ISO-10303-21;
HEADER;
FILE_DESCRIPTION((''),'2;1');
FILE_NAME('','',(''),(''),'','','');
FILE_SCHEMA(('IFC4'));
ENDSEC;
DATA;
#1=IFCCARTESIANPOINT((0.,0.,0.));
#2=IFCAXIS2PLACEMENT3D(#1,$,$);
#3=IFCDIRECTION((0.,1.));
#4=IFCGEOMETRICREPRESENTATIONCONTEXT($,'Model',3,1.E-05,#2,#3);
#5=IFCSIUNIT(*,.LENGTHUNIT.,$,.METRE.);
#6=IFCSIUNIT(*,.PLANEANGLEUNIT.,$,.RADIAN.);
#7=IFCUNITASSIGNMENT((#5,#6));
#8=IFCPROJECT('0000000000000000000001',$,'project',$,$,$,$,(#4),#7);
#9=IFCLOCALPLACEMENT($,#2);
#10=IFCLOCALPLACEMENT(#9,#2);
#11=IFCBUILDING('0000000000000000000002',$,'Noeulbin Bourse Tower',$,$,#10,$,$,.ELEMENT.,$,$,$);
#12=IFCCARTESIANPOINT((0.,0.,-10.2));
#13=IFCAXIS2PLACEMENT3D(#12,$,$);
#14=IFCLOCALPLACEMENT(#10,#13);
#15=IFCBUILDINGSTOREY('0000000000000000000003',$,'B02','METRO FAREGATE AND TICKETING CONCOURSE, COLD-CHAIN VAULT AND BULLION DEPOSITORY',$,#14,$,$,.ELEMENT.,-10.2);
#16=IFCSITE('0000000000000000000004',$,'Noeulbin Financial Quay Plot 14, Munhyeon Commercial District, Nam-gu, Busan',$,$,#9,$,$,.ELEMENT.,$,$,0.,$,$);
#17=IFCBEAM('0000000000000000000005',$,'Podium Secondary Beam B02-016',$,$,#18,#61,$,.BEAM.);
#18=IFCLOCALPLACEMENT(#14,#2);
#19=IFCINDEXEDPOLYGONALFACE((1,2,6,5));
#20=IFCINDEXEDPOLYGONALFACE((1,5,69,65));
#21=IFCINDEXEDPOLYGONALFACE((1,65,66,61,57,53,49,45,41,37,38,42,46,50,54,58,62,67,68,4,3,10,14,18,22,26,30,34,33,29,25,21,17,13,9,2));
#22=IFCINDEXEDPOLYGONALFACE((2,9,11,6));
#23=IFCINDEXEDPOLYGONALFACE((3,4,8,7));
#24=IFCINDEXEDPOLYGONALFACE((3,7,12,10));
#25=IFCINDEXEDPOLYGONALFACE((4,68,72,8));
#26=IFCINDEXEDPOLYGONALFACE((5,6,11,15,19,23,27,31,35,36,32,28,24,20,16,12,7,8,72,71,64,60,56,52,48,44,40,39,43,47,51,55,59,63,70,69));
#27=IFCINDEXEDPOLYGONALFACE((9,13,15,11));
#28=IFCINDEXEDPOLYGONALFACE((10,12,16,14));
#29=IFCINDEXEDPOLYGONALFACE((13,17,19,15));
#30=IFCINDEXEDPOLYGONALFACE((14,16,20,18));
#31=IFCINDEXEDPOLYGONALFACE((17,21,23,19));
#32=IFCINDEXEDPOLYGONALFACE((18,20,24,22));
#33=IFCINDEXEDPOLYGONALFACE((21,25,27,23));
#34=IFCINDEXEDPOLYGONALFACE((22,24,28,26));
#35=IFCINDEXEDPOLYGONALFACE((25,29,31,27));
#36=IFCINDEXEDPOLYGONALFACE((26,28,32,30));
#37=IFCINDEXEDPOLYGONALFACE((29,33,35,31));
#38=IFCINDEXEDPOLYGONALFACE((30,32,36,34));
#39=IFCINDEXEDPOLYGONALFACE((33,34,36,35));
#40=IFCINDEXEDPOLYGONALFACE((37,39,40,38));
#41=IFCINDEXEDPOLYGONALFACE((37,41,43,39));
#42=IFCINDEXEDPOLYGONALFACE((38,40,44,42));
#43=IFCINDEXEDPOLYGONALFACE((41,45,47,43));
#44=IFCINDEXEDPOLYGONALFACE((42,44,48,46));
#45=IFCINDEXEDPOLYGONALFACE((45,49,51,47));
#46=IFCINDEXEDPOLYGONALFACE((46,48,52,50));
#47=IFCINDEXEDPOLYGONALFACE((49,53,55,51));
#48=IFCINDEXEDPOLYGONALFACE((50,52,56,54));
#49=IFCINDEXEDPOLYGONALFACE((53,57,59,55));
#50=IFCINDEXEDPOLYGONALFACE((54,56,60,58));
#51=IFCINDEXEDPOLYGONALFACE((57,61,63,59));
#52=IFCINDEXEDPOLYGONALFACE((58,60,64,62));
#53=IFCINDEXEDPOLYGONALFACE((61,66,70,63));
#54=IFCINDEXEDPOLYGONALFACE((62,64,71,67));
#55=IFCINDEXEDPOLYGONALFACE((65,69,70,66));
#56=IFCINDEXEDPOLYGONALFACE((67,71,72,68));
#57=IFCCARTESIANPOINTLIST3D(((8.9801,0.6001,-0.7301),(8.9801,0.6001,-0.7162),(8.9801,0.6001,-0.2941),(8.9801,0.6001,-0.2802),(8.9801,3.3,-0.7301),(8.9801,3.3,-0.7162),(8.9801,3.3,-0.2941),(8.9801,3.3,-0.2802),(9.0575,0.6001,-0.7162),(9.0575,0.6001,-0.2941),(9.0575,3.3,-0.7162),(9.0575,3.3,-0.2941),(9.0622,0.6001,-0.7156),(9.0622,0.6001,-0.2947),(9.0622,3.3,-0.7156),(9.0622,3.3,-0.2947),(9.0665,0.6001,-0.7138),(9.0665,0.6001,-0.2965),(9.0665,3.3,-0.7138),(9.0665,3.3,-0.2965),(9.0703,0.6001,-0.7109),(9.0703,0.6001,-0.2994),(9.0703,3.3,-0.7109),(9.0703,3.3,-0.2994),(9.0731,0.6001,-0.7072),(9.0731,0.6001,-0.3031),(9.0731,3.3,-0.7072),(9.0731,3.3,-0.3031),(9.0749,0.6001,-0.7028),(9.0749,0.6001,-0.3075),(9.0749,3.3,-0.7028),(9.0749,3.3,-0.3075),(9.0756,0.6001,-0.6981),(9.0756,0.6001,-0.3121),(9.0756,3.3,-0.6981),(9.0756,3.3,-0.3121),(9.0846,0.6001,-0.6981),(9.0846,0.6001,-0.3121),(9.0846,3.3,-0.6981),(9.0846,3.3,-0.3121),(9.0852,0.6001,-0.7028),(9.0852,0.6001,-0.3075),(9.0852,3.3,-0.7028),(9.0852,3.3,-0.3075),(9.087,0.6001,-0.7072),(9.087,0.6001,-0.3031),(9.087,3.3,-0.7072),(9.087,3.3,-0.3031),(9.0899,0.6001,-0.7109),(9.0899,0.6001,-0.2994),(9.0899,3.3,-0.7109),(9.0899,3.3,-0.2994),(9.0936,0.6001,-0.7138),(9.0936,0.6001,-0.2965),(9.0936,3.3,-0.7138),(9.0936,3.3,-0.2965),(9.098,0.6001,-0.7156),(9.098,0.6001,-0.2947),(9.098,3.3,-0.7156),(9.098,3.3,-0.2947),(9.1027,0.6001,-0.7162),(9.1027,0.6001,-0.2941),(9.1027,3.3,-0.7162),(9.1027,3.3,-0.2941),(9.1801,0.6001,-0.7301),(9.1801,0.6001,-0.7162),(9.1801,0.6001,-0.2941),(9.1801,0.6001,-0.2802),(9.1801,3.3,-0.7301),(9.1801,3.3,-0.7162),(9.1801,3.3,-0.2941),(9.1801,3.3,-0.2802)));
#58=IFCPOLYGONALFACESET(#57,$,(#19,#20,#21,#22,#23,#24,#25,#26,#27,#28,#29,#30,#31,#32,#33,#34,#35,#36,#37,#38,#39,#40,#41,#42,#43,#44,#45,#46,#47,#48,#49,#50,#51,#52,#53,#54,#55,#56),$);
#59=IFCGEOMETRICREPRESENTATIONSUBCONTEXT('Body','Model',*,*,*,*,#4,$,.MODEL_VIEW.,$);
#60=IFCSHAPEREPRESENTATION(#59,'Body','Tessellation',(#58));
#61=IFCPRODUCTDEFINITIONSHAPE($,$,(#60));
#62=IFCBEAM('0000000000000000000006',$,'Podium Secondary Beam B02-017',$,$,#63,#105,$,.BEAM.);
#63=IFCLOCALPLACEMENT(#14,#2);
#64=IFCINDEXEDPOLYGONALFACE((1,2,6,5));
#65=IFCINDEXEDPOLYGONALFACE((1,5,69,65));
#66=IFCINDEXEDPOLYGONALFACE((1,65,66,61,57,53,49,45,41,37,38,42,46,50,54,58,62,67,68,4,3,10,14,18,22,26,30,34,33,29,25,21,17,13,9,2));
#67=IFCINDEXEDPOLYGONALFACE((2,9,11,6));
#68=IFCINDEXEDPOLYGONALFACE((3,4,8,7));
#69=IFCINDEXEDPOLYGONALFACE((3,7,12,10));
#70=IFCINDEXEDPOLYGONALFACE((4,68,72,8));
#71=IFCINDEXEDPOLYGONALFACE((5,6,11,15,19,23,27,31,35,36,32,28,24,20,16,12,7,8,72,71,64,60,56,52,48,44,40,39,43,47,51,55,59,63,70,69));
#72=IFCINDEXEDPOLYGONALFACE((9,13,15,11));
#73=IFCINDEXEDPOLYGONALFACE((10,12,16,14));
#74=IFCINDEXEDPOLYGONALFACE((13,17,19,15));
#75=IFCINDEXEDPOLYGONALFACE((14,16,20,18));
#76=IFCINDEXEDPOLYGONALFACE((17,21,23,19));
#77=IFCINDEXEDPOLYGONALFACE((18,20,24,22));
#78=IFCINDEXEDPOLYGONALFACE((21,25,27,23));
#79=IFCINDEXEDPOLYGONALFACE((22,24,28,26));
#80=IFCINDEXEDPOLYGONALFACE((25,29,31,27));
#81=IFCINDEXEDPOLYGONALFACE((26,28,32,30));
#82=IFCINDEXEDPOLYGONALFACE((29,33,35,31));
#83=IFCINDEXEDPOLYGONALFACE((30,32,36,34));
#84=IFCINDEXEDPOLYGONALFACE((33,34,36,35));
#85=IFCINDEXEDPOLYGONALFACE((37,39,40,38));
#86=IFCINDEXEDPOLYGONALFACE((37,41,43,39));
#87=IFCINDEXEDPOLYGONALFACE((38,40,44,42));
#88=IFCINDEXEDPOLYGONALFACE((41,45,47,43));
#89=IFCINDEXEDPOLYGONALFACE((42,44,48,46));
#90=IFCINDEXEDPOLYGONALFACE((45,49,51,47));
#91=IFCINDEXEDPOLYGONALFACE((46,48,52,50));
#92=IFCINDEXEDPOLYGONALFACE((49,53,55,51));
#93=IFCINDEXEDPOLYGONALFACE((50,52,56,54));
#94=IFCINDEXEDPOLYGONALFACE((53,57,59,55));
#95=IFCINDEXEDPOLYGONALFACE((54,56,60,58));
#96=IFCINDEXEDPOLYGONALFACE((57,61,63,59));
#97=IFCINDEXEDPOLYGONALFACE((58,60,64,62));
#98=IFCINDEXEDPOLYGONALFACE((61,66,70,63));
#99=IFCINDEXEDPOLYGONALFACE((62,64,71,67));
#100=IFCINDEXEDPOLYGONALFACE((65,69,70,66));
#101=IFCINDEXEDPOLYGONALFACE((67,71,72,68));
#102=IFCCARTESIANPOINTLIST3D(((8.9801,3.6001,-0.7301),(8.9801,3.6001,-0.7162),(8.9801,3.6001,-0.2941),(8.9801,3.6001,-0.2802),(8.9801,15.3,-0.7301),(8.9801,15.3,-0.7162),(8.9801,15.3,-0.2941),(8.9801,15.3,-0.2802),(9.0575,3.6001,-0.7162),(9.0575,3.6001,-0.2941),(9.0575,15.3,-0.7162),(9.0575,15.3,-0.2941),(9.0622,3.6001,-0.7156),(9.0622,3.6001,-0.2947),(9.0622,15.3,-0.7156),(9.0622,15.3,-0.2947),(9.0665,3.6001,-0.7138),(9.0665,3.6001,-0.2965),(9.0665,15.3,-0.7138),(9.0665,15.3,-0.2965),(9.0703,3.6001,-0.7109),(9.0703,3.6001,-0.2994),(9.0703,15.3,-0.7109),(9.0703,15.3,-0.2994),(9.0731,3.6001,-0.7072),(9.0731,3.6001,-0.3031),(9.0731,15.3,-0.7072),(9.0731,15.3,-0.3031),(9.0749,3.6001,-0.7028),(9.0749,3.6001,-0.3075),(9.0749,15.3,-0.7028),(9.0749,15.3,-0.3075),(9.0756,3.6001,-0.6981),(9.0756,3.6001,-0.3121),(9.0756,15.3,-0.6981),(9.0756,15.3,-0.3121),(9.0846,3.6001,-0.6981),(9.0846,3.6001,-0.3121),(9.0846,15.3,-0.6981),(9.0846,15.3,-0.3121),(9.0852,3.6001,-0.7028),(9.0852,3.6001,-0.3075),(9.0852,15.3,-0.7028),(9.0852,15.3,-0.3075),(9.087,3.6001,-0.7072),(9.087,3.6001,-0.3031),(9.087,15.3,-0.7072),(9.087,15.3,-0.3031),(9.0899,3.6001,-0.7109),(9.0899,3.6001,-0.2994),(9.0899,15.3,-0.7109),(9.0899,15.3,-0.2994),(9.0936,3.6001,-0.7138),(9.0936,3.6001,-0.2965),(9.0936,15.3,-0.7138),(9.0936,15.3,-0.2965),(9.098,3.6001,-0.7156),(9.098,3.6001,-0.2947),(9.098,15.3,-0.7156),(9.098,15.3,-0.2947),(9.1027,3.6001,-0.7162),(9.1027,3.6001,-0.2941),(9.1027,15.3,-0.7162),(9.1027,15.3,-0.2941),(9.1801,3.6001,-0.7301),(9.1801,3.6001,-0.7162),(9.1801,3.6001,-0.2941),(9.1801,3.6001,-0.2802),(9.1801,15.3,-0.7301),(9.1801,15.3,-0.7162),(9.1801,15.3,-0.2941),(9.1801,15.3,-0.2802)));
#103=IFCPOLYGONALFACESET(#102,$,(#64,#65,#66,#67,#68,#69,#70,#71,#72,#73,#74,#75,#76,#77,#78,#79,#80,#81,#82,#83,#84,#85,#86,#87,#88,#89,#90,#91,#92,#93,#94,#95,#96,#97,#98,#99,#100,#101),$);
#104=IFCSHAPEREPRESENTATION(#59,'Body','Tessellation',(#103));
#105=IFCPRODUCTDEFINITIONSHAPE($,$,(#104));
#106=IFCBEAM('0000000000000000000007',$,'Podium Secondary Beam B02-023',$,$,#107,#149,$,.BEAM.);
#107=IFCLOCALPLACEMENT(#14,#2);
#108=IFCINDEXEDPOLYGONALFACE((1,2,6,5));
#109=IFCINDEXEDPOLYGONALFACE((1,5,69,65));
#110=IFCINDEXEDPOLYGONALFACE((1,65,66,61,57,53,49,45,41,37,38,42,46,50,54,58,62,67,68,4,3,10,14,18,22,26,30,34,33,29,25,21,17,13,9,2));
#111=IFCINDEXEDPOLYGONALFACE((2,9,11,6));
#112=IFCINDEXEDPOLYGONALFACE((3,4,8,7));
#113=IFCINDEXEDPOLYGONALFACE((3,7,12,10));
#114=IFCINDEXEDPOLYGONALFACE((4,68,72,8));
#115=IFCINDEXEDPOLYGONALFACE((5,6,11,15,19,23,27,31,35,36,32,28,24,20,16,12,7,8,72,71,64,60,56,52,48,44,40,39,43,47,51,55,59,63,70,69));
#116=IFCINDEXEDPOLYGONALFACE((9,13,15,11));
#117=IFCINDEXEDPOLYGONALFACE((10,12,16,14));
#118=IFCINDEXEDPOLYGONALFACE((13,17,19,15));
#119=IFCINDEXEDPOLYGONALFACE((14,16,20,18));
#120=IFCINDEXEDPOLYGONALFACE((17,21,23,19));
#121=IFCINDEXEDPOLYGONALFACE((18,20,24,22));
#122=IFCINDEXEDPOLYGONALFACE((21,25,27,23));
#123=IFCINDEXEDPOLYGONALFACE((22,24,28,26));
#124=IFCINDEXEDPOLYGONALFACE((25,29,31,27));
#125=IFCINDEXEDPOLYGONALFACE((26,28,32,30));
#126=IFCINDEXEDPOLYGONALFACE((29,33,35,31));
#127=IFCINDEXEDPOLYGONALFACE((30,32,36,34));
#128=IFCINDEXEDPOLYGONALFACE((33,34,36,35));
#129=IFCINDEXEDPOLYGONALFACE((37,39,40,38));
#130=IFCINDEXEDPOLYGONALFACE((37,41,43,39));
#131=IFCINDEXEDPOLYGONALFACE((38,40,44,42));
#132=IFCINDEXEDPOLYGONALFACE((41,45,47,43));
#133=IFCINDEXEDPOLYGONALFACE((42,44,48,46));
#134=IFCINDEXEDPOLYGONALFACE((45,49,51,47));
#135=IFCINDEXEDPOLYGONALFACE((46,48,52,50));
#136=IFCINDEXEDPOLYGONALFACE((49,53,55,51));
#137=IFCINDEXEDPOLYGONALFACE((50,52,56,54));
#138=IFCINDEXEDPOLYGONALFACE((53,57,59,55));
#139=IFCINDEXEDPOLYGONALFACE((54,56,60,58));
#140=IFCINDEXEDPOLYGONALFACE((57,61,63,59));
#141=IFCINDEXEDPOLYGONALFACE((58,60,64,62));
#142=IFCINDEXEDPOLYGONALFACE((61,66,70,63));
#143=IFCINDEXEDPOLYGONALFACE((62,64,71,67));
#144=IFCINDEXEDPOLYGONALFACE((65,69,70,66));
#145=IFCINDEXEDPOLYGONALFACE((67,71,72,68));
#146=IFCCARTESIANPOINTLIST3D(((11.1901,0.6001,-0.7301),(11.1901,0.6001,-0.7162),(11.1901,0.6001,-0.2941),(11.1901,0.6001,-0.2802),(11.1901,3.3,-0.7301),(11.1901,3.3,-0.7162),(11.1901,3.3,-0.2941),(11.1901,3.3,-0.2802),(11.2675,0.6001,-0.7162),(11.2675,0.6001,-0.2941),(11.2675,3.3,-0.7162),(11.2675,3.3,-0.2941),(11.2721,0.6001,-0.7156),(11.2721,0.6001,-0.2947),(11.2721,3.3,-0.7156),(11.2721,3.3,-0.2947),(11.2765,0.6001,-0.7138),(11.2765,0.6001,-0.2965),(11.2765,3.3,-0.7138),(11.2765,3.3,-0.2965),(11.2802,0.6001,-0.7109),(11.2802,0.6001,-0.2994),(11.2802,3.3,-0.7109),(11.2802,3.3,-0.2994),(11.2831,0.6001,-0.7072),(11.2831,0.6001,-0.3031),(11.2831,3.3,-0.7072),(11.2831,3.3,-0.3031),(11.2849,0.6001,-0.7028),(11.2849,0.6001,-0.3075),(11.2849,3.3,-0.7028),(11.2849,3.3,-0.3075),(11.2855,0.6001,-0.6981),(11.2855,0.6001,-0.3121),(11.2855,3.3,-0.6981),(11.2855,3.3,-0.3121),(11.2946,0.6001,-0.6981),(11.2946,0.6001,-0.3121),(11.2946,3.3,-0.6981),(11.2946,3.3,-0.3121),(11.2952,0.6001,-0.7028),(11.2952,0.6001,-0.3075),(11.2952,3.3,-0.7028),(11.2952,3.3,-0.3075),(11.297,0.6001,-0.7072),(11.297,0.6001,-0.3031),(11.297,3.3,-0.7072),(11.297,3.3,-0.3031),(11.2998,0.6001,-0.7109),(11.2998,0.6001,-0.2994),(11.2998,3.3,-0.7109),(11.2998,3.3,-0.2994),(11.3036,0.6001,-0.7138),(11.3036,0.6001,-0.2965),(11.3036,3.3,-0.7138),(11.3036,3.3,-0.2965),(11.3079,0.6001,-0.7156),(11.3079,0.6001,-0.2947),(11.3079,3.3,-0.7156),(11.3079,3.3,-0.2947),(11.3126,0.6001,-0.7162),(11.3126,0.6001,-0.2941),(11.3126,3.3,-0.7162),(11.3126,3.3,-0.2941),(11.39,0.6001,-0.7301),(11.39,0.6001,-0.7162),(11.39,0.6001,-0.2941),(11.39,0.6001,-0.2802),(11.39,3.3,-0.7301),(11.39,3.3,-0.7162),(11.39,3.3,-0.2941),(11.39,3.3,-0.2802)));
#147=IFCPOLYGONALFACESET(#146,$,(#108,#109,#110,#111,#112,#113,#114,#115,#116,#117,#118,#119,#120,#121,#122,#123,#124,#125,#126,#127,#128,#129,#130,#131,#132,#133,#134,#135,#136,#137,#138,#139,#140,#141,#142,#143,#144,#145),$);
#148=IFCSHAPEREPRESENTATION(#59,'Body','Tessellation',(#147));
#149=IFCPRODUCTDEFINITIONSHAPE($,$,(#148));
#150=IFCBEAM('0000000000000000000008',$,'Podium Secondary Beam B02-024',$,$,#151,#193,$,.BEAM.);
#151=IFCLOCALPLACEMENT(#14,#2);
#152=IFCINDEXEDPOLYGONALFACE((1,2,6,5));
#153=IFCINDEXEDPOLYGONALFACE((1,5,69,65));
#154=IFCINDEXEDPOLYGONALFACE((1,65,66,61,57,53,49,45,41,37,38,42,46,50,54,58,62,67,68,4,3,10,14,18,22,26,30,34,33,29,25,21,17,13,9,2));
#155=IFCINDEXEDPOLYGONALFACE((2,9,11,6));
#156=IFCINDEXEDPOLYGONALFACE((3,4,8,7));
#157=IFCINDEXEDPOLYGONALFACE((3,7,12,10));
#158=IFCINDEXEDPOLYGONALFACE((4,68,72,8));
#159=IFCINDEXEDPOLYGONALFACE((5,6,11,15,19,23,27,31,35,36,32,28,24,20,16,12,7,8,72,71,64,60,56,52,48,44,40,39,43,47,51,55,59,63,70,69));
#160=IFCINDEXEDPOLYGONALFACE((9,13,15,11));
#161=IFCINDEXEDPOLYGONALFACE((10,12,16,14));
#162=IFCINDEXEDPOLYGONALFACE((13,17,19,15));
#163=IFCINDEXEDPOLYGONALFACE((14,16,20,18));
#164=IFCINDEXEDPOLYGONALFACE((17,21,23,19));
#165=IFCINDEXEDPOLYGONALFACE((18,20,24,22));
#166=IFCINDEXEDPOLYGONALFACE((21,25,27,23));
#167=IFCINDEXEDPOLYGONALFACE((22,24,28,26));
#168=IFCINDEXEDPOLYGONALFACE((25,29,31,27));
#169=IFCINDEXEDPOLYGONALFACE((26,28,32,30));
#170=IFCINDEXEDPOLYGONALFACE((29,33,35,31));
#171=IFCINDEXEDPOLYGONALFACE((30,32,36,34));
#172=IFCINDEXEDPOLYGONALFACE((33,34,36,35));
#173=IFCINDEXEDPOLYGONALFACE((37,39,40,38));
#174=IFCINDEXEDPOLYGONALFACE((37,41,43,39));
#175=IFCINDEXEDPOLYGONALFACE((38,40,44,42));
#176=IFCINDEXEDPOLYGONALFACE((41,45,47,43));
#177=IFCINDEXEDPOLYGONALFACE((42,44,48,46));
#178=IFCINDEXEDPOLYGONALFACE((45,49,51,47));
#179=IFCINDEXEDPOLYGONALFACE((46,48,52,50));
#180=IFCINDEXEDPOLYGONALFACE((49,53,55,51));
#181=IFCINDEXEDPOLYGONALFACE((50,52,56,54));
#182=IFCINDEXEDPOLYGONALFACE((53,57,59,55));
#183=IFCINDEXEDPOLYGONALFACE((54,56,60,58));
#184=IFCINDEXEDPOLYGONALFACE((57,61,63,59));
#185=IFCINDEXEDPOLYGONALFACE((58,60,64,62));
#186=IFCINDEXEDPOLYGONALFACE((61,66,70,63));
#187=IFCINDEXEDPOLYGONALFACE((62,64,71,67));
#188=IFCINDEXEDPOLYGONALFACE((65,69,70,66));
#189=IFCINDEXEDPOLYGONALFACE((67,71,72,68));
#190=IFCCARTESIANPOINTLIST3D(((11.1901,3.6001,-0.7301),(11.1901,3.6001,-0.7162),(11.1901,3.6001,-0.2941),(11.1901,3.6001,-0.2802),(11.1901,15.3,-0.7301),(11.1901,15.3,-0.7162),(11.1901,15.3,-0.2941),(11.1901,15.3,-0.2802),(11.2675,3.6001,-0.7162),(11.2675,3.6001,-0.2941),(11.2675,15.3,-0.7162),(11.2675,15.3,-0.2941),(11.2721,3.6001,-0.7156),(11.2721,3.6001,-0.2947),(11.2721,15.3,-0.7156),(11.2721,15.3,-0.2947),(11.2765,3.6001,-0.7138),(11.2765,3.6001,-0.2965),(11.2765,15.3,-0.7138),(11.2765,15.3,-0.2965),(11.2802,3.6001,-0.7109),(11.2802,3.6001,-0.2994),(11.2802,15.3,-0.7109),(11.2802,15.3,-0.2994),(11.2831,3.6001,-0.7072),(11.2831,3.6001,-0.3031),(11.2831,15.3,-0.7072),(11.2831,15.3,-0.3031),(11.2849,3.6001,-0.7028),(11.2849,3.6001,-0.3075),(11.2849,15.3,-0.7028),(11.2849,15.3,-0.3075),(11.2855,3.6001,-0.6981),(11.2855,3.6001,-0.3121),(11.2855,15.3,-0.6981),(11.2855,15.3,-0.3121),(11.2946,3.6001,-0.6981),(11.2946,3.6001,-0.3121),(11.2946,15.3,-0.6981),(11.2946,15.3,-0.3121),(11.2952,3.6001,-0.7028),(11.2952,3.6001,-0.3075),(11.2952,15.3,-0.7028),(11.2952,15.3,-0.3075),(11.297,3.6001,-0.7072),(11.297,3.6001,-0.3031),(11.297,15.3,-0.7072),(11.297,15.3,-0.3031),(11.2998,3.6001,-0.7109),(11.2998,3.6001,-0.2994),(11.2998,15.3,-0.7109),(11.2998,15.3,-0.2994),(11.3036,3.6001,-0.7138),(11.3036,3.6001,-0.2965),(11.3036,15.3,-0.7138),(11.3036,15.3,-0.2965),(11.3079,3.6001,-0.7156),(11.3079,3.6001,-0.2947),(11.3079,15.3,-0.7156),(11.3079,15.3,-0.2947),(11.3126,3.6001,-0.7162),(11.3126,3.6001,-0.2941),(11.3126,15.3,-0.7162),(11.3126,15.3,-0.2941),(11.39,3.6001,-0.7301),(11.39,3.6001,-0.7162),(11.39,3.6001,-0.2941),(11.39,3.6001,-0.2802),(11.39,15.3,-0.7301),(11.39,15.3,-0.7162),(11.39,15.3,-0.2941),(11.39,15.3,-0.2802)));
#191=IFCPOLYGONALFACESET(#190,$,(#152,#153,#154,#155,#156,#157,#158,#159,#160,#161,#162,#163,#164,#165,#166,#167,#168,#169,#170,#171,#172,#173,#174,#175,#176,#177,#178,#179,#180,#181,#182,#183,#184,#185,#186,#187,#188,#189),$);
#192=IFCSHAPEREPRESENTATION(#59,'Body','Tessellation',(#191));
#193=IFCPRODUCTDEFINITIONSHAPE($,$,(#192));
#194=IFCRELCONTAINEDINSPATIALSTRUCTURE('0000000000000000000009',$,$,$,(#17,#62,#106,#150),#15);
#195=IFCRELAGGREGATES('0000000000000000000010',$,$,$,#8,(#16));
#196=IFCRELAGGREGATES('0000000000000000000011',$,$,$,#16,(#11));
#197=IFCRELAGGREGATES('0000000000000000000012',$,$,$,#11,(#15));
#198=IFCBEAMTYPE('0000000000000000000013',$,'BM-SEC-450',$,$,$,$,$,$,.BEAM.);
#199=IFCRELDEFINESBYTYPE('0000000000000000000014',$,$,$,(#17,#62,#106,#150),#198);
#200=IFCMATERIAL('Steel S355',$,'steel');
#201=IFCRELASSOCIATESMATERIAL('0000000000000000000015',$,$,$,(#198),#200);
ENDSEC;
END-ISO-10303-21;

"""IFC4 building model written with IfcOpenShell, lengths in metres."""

from ifc_helpers import new_model, si_unit, direction, frame, origin, origin_2d, place, context, subcontext, project, spatial, i_section, extrude, material, material_profile, profile_set, type_object, element, save


model = new_model("IFC4")

# Units and contexts
model_context = context("Model", 3, precision=1e-05, world=origin(), true_north=direction((0.0, 1.0)))
body_context = subcontext(model_context, "Body", "Model", "MODEL_VIEW")
ifc_project = project(units=[si_unit("LENGTHUNIT", "METRE"), si_unit("PLANEANGLEUNIT", "RADIAN")], contexts=[model_context])

# Site, building, storey
site_placement = place(None, origin())
site = spatial("IfcSite", under=ifc_project, at=site_placement, Name="Noeulbin Financial Quay Plot 14, Munhyeon Commercial District, Nam-gu, Busan", CompositionType="ELEMENT", RefElevation=0.0)
building_placement = place(site_placement, origin())
building = spatial("IfcBuilding", under=site, at=building_placement, Name="Noeulbin Bourse Tower", CompositionType="ELEMENT")
storey_placement = place(building_placement, frame((0.0, 0.0, -10.2)))
storey = spatial("IfcBuildingStorey", under=building, at=storey_placement, Name="B02", Description="METRO FAREGATE AND TICKETING CONCOURSE, COLD-CHAIN VAULT AND BULLION DEPOSITORY", CompositionType="ELEMENT", Elevation=-10.2)

# Beams
ifc_material_1 = material(Name="Steel S355", Category="steel")
ifc_material_profile_1 = material_profile(ifc_material_1, i_section(OverallWidth=0.2, OverallDepth=0.45, WebThickness=0.009, FlangeThickness=0.0139, FilletRadius=0.0181, at=origin_2d()), Name="H-450x200x9x14", Category="LoadBearing")
ifc_profile_set_1 = profile_set([ifc_material_profile_1], Name="Steel S355")
beam_type_1 = type_object("IfcBeamType", Name="BM-SEC-450", PredefinedType="BEAM", material=ifc_profile_set_1)
beam_1_placement = place(storey_placement, frame((9.0801, 0.6001, -0.5051), z_axis=(0.0, 1.0, 0.0), x_axis=(-1.0, 0.0, 0.0)))
element("IfcBeam", 1, at=beam_1_placement, inside=storey, type_object=beam_type_1, Name="Podium Secondary Beam B02-016", PredefinedType="BEAM", context=body_context, shape_type="SweptSolid", body=[
    extrude(i_section(OverallWidth=0.2, OverallDepth=0.45, WebThickness=0.009, FlangeThickness=0.0139, FilletRadius=0.0181, at=origin_2d()), origin(), (0.0, 0.0, 1.0), 2.7),
])
beam_2_placement = place(storey_placement, frame((9.0801, 3.6001, -0.5051), z_axis=(0.0, 1.0, 0.0), x_axis=(-1.0, 0.0, 0.0)))
element("IfcBeam", 2, at=beam_2_placement, inside=storey, type_object=beam_type_1, Name="Podium Secondary Beam B02-017", PredefinedType="BEAM", context=body_context, shape_type="SweptSolid", body=[
    extrude(i_section(OverallWidth=0.2, OverallDepth=0.45, WebThickness=0.009, FlangeThickness=0.0139, FilletRadius=0.0181, at=origin_2d()), origin(), (0.0, 0.0, 1.0), 11.7),
])
beam_3_placement = place(storey_placement, frame((11.29, 0.6001, -0.5051), z_axis=(0.0, 1.0, 0.0), x_axis=(-1.0, 0.0, 0.0)))
element("IfcBeam", 3, at=beam_3_placement, inside=storey, type_object=beam_type_1, Name="Podium Secondary Beam B02-023", PredefinedType="BEAM", context=body_context, shape_type="SweptSolid", body=[
    extrude(i_section(OverallWidth=0.2, OverallDepth=0.45, WebThickness=0.009, FlangeThickness=0.0139, FilletRadius=0.0181, at=origin_2d()), origin(), (0.0, 0.0, 1.0), 2.7),
])
beam_4_placement = place(storey_placement, frame((11.29, 3.6001, -0.5051), z_axis=(0.0, 1.0, 0.0), x_axis=(-1.0, 0.0, 0.0)))
element("IfcBeam", 4, at=beam_4_placement, inside=storey, type_object=beam_type_1, Name="Podium Secondary Beam B02-024", PredefinedType="BEAM", context=body_context, shape_type="SweptSolid", body=[
    extrude(i_section(OverallWidth=0.2, OverallDepth=0.45, WebThickness=0.009, FlangeThickness=0.0139, FilletRadius=0.0181, at=origin_2d()), origin(), (0.0, 0.0, 1.0), 11.7),
])

save(model, "model.ifc")
